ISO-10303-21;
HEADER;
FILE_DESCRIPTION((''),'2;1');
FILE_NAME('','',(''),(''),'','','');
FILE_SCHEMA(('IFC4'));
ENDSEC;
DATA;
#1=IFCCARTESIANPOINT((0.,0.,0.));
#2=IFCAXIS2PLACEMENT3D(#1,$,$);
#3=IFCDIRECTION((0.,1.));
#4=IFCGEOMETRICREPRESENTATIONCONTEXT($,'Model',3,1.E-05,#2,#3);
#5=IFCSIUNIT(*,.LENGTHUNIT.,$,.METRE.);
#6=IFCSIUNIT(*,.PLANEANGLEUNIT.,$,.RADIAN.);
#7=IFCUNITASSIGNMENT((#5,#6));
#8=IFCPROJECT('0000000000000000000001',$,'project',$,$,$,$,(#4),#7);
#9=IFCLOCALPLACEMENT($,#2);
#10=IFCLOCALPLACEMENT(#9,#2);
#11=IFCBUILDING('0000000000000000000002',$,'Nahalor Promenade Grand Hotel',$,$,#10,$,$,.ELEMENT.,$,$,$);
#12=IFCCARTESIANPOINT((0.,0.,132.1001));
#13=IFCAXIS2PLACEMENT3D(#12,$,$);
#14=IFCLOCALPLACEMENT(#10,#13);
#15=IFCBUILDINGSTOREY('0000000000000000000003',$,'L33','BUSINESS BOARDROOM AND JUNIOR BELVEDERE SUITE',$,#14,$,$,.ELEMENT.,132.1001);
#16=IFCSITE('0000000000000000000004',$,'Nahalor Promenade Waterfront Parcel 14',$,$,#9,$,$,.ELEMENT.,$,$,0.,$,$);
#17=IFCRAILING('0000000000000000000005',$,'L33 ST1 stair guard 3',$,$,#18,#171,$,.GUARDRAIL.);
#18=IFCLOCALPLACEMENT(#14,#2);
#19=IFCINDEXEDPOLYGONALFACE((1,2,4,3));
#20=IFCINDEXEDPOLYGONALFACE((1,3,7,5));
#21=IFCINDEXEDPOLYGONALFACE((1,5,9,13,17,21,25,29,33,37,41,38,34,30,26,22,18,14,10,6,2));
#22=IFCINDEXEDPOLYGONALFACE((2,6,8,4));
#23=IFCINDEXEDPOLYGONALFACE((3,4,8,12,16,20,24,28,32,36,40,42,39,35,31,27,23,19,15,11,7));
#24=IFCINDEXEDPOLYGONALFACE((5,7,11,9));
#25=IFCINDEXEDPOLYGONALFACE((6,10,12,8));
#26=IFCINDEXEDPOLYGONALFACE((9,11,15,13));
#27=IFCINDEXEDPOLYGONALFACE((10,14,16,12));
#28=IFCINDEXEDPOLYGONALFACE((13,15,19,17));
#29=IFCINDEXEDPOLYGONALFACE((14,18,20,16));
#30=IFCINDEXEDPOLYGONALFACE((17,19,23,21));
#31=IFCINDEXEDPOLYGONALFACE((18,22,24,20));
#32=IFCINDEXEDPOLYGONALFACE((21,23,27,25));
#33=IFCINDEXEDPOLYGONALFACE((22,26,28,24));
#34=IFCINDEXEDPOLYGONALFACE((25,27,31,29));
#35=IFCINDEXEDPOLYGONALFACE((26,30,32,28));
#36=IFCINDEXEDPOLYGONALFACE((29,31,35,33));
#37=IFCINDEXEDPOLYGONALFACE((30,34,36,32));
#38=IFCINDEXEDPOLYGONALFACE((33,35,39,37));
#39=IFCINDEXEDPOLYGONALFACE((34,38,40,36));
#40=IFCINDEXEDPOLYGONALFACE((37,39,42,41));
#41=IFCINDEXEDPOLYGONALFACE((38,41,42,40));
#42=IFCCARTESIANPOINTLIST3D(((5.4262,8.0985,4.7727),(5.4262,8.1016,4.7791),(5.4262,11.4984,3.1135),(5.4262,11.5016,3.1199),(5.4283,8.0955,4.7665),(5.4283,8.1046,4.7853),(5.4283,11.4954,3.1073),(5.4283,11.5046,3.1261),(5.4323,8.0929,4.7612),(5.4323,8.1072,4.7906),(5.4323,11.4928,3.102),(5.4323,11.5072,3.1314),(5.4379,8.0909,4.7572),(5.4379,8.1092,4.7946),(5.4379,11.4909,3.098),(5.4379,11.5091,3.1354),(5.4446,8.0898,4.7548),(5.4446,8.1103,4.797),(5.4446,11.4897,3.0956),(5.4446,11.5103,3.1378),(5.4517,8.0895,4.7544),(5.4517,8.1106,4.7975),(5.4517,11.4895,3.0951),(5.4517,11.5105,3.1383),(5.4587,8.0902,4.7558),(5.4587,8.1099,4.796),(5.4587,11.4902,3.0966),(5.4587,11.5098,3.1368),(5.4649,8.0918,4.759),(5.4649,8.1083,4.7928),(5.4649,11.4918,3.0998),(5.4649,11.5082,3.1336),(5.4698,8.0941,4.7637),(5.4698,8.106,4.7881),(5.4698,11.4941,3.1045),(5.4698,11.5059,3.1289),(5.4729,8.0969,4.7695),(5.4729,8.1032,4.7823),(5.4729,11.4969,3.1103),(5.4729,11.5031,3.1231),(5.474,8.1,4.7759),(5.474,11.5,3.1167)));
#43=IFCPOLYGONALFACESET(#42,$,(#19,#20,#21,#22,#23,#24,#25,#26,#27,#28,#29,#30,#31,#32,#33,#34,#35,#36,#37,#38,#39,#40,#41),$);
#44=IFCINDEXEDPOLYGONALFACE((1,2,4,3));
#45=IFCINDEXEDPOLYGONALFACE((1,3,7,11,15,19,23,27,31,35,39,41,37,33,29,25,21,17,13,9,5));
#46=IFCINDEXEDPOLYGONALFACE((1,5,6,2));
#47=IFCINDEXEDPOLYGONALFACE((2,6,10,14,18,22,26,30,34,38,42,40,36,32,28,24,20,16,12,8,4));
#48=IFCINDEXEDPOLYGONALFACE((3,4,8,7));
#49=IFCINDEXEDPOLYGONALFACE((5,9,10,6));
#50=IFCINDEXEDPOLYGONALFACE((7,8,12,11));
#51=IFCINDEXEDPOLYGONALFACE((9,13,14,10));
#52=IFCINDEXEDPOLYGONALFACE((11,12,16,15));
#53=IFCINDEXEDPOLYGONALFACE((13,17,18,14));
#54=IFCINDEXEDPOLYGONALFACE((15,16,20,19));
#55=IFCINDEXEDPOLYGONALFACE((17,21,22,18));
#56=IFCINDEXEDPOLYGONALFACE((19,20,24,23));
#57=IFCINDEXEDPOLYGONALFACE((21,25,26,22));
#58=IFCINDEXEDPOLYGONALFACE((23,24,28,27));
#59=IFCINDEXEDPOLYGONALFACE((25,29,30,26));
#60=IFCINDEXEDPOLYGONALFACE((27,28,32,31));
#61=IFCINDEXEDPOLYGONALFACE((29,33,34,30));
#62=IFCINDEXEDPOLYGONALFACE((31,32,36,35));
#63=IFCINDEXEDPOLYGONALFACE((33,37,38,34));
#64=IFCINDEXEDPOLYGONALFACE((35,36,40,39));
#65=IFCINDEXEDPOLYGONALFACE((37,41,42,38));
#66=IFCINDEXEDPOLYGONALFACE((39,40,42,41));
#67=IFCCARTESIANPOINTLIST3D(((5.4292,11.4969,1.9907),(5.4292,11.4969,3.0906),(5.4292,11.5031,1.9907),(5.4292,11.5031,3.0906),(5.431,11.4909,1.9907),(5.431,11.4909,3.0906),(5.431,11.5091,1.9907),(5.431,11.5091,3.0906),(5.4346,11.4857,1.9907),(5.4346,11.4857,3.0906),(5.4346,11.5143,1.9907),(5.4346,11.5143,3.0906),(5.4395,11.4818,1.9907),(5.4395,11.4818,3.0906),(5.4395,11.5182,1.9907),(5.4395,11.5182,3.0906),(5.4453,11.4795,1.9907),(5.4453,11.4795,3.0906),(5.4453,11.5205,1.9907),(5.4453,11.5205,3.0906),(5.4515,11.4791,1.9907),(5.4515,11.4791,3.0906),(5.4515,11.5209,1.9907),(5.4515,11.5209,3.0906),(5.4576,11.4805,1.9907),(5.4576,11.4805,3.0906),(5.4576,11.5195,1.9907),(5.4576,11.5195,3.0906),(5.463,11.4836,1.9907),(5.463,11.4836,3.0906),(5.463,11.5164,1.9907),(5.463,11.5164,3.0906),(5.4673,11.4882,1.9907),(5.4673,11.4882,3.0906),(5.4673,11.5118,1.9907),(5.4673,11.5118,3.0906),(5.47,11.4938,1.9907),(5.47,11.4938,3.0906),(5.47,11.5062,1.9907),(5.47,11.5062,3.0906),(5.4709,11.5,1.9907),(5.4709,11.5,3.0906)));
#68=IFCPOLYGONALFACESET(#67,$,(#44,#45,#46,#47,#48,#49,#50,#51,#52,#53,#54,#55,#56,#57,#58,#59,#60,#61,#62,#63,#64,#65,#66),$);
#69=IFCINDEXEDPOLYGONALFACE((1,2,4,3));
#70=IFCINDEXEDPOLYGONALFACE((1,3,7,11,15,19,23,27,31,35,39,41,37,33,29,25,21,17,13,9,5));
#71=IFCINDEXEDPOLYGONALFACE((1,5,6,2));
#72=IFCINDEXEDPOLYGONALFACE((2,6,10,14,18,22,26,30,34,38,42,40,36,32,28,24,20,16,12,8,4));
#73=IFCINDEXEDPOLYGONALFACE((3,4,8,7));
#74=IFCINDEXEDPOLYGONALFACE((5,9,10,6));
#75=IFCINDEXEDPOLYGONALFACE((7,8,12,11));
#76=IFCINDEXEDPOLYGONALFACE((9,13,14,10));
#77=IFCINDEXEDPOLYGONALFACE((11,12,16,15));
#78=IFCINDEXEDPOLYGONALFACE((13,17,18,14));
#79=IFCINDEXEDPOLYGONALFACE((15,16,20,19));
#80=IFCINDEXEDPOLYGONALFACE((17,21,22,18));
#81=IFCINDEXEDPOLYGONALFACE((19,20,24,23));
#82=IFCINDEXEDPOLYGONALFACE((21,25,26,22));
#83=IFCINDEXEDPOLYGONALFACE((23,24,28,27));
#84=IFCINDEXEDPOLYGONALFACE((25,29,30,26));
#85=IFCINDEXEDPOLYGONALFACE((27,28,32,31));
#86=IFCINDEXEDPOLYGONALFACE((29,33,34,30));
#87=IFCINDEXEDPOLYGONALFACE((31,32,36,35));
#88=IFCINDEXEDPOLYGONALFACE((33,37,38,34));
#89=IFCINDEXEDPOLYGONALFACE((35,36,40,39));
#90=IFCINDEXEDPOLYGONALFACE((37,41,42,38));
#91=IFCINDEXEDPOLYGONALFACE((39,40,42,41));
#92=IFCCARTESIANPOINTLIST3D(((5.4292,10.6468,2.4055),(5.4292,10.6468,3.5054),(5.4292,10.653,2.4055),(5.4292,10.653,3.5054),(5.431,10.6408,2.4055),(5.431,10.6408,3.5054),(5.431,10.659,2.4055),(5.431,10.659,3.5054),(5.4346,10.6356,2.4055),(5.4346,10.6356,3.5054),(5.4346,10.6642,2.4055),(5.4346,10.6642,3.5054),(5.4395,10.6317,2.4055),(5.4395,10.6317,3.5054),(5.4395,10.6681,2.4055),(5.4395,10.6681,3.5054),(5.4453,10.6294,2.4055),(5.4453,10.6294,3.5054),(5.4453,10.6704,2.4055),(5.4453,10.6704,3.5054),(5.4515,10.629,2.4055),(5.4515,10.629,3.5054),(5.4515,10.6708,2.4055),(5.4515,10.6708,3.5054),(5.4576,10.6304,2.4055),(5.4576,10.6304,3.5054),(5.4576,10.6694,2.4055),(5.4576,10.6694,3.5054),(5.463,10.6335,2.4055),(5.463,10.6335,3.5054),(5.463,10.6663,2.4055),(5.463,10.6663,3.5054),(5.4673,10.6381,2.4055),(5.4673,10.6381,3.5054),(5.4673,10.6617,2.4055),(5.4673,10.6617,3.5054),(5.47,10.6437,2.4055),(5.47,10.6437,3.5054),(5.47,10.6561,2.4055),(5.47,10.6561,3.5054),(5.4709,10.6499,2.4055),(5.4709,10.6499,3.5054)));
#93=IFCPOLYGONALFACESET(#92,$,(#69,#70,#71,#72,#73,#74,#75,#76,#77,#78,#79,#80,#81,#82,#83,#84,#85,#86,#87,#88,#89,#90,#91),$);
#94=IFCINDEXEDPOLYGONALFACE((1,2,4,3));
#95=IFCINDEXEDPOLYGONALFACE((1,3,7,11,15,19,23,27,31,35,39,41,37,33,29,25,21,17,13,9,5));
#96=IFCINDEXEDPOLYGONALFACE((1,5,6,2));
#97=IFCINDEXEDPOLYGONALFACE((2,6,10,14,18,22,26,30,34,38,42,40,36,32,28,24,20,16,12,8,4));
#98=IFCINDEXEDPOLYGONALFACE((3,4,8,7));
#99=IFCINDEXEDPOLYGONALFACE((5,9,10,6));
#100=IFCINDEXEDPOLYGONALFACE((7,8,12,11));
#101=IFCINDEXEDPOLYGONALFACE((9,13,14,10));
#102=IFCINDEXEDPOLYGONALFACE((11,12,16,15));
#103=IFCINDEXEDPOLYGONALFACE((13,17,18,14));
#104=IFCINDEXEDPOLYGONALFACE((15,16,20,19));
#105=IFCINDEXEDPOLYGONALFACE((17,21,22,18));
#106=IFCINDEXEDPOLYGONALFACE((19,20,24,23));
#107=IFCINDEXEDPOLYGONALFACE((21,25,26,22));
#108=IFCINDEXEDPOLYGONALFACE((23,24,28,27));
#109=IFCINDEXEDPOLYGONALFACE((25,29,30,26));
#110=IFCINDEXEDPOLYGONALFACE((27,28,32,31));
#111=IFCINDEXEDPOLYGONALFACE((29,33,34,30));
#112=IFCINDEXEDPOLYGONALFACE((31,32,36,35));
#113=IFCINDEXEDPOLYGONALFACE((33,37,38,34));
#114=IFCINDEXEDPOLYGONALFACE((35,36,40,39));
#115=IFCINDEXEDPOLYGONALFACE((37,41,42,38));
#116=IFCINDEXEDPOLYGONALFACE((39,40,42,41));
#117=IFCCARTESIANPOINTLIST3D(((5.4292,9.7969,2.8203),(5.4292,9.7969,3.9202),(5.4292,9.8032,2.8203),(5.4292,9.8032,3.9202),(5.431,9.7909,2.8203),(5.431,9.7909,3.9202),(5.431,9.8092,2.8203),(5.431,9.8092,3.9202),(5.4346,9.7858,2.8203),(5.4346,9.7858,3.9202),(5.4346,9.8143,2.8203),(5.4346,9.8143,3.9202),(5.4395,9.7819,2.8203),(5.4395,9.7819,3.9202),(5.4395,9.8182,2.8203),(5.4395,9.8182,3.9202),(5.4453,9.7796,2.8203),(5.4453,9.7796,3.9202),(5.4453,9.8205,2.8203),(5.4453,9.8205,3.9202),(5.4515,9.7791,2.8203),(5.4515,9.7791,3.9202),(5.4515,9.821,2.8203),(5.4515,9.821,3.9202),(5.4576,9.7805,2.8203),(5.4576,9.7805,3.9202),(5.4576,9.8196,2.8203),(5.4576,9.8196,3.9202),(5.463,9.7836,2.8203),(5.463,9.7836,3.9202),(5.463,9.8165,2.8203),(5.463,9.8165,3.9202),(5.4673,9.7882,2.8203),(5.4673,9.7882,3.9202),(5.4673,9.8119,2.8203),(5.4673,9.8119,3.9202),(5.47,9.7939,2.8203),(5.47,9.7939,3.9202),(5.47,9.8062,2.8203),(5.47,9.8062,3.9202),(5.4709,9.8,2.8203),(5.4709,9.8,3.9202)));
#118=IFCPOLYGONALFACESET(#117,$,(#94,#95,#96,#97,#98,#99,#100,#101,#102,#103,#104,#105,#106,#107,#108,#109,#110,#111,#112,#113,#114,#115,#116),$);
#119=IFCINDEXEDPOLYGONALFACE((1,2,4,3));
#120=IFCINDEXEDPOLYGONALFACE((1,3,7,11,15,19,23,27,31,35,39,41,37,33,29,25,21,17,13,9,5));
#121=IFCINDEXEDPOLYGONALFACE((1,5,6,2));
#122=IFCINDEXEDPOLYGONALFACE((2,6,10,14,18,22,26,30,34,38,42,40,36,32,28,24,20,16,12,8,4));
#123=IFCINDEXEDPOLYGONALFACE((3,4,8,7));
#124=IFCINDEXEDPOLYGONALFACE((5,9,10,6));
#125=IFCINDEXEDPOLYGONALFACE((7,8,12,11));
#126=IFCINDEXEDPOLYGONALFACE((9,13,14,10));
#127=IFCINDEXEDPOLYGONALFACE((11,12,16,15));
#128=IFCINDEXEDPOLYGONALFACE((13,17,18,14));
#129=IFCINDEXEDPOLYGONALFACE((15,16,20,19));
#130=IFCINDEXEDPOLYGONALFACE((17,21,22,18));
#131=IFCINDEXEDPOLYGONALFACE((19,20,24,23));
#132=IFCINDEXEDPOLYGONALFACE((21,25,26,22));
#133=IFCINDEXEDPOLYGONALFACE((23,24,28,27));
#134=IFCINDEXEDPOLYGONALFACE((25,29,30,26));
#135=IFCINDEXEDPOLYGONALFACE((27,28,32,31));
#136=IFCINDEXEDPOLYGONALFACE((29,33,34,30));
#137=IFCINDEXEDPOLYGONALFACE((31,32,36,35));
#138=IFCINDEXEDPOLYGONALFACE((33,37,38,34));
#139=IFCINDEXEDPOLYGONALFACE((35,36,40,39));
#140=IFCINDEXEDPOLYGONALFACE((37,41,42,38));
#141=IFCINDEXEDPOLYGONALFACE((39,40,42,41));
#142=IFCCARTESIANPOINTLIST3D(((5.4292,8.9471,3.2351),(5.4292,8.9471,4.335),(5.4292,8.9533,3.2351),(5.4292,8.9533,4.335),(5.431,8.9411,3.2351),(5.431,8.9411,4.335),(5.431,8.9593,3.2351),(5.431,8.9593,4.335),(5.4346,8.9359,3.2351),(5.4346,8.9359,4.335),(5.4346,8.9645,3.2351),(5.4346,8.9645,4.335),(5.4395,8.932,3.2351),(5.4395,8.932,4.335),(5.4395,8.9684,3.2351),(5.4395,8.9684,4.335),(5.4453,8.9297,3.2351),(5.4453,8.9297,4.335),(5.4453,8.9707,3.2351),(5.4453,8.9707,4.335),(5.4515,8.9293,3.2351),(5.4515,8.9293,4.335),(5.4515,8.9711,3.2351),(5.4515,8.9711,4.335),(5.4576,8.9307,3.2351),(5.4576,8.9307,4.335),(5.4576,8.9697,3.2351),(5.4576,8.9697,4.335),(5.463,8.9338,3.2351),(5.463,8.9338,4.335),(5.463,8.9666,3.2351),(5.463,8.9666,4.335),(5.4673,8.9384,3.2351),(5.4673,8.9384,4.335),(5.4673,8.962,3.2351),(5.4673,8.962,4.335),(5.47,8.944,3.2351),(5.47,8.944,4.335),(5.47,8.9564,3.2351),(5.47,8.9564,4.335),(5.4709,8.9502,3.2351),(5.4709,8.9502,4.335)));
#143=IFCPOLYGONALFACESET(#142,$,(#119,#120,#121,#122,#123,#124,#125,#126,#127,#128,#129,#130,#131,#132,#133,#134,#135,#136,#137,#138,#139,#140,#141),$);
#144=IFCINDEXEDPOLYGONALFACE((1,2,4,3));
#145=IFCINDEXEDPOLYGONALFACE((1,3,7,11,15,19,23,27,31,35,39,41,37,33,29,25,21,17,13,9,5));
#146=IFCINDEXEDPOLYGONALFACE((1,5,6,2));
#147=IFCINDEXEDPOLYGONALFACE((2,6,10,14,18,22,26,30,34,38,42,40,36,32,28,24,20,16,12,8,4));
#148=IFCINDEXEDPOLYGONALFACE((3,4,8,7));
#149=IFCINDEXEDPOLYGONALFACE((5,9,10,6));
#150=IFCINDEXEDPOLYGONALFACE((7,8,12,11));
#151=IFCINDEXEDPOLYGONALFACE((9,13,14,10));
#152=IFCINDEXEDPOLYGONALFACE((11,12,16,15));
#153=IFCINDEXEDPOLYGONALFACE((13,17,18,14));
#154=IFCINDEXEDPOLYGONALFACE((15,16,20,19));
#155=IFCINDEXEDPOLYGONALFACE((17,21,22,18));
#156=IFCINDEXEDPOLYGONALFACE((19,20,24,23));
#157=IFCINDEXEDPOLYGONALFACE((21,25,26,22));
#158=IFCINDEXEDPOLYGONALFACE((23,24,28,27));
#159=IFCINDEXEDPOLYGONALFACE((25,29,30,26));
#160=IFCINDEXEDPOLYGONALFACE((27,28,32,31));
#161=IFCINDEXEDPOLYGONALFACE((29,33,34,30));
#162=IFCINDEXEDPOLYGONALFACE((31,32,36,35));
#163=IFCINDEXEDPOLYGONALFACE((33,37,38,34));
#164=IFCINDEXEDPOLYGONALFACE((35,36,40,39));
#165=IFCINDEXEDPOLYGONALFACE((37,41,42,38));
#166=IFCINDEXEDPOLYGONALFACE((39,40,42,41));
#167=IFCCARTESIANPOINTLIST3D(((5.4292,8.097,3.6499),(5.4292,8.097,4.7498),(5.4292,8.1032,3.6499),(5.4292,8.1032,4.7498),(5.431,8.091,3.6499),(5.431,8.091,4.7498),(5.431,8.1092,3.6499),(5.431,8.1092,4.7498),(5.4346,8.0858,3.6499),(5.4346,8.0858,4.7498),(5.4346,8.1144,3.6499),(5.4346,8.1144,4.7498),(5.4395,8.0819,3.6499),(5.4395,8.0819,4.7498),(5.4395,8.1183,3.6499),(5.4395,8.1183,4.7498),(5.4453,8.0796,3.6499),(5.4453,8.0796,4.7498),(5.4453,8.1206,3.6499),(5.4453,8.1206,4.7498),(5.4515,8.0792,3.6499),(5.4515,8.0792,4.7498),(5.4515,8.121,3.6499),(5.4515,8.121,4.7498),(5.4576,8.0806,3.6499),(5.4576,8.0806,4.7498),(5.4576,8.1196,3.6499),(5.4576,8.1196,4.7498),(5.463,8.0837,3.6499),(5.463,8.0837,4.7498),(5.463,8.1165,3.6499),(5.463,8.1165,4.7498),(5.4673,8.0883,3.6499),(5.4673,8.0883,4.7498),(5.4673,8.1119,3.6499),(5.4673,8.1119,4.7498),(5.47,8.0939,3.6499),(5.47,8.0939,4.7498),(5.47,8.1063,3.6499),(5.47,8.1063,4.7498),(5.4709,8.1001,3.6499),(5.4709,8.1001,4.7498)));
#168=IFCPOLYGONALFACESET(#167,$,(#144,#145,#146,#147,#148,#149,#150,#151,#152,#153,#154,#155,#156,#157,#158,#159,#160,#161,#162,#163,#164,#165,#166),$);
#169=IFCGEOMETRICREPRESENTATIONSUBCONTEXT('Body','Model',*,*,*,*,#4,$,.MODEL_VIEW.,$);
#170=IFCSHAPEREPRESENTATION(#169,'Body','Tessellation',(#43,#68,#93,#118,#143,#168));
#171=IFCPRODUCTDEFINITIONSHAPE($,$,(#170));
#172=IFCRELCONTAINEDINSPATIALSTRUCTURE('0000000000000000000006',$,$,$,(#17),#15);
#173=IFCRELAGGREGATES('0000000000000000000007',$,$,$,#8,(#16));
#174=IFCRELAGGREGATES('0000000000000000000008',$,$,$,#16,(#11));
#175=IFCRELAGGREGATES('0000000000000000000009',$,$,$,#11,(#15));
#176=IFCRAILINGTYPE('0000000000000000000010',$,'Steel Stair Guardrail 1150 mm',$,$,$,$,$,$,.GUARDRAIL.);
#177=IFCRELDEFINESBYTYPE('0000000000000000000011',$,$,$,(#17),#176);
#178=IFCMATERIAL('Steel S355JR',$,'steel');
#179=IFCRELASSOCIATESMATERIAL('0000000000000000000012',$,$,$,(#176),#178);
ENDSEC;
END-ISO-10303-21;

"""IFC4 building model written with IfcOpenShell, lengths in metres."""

from ifc_helpers import new_model, si_unit, direction, frame, origin, origin_2d, place, context, subcontext, project, spatial, circle, extrude, material, type_object, element, save


model = new_model("IFC4")

# Units and contexts
model_context = context("Model", 3, precision=1e-05, world=origin(), true_north=direction((0.0, 1.0)))
body_context = subcontext(model_context, "Body", "Model", "MODEL_VIEW")
ifc_project = project(units=[si_unit("LENGTHUNIT", "METRE"), si_unit("PLANEANGLEUNIT", "RADIAN")], contexts=[model_context])

# Site, building, storey
site_placement = place(None, origin())
site = spatial("IfcSite", under=ifc_project, at=site_placement, Name="Nahalor Promenade Waterfront Parcel 14", CompositionType="ELEMENT", RefElevation=0.0)
building_placement = place(site_placement, origin())
building = spatial("IfcBuilding", under=site, at=building_placement, Name="Nahalor Promenade Grand Hotel", CompositionType="ELEMENT")
storey_placement = place(building_placement, frame((0.0, 0.0, 132.1001)))
storey = spatial("IfcBuildingStorey", under=building, at=storey_placement, Name="L33", Description="BUSINESS BOARDROOM AND JUNIOR BELVEDERE SUITE", CompositionType="ELEMENT", Elevation=132.1001)

# Shared definitions
ifc_material_1 = material(Name="Steel S355JR", Category="steel")

# Railing
railing_type = type_object("IfcRailingType", Name="Steel Stair Guardrail 1150 mm", PredefinedType="GUARDRAIL", material=ifc_material_1)
railing_1_placement = place(storey_placement, frame((5.45, 11.5, 1.9907)))
element("IfcRailing", 1, at=railing_1_placement, inside=storey, type_object=railing_type, Name="L33 ST1 stair guard 3", PredefinedType="GUARDRAIL", context=body_context, shape_type="SweptSolid", body=[
    extrude(circle(Radius=0.024, at=origin_2d()), frame((0.0, 0.0, 1.126), z_axis=(0.0, -0.898696, 0.438571), x_axis=(1.0, 0.0, 0.0)), (0.0, 0.0, 1.0), 3.7832),
    extrude(circle(Radius=0.021, at=origin_2d()), origin(), (0.0, 0.0, 1.0), 1.0999),
    extrude(circle(Radius=0.021, at=origin_2d()), frame((0.0, -0.8501, 0.4148)), (0.0, 0.0, 1.0), 1.0999),
    extrude(circle(Radius=0.021, at=origin_2d()), frame((0.0, -1.7, 0.8296)), (0.0, 0.0, 1.0), 1.0999),
    extrude(circle(Radius=0.021, at=origin_2d()), frame((0.0, -2.5498, 1.2444)), (0.0, 0.0, 1.0), 1.0999),
    extrude(circle(Radius=0.021, at=origin_2d()), frame((0.0, -3.3999, 1.6592)), (0.0, 0.0, 1.0), 1.0999),
])

save(model, "model.ifc")
